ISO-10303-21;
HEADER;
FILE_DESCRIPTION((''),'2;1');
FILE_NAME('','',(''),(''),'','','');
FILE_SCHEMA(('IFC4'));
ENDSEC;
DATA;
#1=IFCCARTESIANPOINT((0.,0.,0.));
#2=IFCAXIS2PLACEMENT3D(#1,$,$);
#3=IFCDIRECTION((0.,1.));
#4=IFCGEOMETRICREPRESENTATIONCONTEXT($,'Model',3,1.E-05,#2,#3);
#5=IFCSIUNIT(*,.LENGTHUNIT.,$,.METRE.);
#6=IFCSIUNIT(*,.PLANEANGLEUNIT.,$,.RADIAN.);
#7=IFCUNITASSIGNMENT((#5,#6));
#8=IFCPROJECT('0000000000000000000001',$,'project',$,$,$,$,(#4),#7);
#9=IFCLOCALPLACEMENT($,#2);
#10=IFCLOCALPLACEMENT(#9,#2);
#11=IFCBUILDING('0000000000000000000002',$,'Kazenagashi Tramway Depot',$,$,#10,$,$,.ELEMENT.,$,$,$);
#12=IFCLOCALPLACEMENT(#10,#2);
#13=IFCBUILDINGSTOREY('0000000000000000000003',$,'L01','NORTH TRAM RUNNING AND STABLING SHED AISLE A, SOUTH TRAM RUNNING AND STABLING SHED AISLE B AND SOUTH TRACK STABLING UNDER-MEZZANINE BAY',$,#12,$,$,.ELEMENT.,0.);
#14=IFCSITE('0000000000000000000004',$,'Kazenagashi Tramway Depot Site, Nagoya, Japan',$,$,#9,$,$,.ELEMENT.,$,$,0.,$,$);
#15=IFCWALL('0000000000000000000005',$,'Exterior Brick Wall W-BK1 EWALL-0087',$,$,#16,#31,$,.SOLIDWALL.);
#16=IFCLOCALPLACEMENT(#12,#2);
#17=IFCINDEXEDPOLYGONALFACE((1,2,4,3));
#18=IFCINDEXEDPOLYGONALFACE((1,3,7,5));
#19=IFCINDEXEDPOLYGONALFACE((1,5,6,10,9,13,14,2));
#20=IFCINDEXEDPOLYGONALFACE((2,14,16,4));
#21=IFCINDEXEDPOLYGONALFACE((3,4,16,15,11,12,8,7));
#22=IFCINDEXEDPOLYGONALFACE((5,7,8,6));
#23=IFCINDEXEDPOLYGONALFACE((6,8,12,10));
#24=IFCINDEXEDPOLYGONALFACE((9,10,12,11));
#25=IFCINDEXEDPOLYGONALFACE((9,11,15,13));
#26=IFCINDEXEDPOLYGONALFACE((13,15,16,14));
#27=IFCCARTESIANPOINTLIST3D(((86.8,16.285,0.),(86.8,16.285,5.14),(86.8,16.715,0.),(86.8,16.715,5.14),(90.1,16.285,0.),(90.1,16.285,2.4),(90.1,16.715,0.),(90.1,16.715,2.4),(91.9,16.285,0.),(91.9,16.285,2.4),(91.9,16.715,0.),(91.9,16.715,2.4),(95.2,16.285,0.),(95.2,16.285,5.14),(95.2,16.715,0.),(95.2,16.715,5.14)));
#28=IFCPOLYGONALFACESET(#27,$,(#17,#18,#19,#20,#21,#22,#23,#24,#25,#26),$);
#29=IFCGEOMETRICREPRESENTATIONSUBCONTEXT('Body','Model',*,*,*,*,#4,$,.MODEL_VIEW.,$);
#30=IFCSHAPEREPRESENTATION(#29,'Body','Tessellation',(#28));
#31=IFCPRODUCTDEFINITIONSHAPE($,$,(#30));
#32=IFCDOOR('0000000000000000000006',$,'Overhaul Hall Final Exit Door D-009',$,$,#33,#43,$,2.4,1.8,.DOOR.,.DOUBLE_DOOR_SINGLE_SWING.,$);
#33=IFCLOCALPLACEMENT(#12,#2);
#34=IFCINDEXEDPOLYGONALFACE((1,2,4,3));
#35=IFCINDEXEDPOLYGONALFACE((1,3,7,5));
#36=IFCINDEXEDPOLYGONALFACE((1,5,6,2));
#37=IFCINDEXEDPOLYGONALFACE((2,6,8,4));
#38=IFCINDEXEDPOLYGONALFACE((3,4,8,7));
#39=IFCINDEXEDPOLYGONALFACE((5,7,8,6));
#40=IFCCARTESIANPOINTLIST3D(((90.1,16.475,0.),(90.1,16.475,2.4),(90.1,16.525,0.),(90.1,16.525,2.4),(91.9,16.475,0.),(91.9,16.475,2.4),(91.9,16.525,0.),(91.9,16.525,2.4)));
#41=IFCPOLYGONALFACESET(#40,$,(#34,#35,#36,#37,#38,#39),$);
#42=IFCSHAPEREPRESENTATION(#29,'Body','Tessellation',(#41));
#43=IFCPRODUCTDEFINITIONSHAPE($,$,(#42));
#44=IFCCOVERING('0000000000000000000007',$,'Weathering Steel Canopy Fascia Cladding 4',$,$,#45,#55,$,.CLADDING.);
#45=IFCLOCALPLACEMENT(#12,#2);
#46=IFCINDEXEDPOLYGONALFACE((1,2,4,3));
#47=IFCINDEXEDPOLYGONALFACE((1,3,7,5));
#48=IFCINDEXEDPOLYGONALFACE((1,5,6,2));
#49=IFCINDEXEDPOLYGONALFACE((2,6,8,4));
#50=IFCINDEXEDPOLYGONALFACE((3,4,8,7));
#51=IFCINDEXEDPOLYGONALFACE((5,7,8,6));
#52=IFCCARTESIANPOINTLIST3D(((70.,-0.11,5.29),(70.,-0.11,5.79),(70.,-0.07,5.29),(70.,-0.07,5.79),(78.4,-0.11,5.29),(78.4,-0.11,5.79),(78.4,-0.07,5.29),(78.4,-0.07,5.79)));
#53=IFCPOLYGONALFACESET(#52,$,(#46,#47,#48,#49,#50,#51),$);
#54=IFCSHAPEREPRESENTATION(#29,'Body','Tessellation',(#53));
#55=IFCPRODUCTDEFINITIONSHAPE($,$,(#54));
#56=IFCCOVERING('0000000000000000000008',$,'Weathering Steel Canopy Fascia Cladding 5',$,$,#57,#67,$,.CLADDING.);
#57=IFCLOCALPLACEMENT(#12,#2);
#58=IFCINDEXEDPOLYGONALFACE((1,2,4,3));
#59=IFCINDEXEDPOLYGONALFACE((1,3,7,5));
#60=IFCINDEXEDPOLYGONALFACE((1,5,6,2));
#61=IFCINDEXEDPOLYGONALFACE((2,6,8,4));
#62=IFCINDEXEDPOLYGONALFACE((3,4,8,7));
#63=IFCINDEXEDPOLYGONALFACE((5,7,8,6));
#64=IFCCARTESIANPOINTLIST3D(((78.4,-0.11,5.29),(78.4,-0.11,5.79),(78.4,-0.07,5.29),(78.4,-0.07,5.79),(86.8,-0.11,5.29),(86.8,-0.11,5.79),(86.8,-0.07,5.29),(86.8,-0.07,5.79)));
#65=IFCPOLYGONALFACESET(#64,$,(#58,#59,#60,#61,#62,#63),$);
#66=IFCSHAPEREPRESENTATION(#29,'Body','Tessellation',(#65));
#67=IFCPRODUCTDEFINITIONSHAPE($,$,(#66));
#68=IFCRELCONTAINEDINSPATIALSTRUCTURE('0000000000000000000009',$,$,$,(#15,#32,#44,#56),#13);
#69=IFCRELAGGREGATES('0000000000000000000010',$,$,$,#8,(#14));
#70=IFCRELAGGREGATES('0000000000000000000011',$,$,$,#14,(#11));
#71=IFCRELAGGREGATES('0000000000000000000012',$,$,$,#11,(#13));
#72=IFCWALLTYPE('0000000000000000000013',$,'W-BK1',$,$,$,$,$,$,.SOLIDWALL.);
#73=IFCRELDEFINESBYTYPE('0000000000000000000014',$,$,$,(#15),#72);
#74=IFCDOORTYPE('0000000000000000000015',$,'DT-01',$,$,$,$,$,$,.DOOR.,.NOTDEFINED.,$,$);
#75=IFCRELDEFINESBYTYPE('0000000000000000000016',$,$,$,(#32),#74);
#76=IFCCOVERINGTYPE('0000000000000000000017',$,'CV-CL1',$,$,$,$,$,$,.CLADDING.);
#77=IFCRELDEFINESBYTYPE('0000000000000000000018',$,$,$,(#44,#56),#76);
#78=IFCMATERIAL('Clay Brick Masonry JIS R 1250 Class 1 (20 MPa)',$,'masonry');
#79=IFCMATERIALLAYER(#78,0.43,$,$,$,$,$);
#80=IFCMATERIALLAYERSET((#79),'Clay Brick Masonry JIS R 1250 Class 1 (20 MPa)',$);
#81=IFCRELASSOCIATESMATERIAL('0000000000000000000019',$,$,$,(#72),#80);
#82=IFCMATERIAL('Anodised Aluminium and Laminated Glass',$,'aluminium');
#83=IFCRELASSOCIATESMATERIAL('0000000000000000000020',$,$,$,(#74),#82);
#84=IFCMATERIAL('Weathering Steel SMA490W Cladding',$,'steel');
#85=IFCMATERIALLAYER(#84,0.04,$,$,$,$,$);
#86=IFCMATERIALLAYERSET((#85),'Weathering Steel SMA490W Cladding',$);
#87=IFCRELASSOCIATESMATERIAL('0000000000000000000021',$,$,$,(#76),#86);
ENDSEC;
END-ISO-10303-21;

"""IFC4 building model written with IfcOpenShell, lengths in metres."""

from ifc_helpers import new_model, si_unit, direction, frame, frame_2d, origin, origin_2d, place, context, subcontext, project, spatial, rectangle, extrude, material, layer, layer_set, type_object, element, fill, save


model = new_model("IFC4")

# Units and contexts
model_context = context("Model", 3, precision=1e-05, world=origin(), true_north=direction((0.0, 1.0)))
body_context = subcontext(model_context, "Body", "Model", "MODEL_VIEW")
ifc_project = project(units=[si_unit("LENGTHUNIT", "METRE"), si_unit("PLANEANGLEUNIT", "RADIAN")], contexts=[model_context])

# Site, building, storey
site_placement = place(None, origin())
site = spatial("IfcSite", under=ifc_project, at=site_placement, Name="Kazenagashi Tramway Depot Site, Nagoya, Japan", CompositionType="ELEMENT", RefElevation=0.0)
building_placement = place(site_placement, origin())
building = spatial("IfcBuilding", under=site, at=building_placement, Name="Kazenagashi Tramway Depot", CompositionType="ELEMENT")
storey_placement = place(building_placement, origin())
storey = spatial("IfcBuildingStorey", under=building, at=storey_placement, Name="L01", Description="NORTH TRAM RUNNING AND STABLING SHED AISLE A, SOUTH TRAM RUNNING AND STABLING SHED AISLE B AND SOUTH TRACK STABLING UNDER-MEZZANINE BAY", CompositionType="ELEMENT", Elevation=0.0)

# Shared definitions
ifc_material_1 = material(Name="Clay Brick Masonry JIS R 1250 Class 1 (20 MPa)", Category="masonry")
ifc_layer_1 = layer(ifc_material_1, 0.43)
ifc_layer_set_1 = layer_set([ifc_layer_1], Name="Clay Brick Masonry JIS R 1250 Class 1 (20 MPa)")
wall_type = type_object("IfcWallType", Name="W-BK1", PredefinedType="SOLIDWALL", material=ifc_layer_set_1)

# Wall, opening, door
wall_1_placement = place(storey_placement, frame((86.8, 16.5, 0.0), z_axis=(0.0, 0.0, 1.0), x_axis=(1.0, 0.0, 0.0)))
wall_1 = element("IfcWall", 1, at=wall_1_placement, inside=storey, type_object=wall_type, Name="Exterior Brick Wall W-BK1 EWALL-0087", PredefinedType="SOLIDWALL", context=body_context, shape_type="SweptSolid", body=[
    extrude(rectangle(XDim=8.4, YDim=0.43, at=frame_2d((4.2, 0.0))), origin(), (0.0, 0.0, 1.0), 5.14),
])
opening_1_placement = place(wall_1_placement, frame((3.3, 0.0, 0.0)))
opening_1 = element("IfcOpeningElement", 2, at=opening_1_placement, cuts=wall_1, PredefinedType="OPENING", context=body_context, shape_type="SweptSolid", body=[
    extrude(rectangle(XDim=1.8, YDim=2.4, at=frame_2d((0.9, 1.2))), frame((0.0, 0.225, 0.0), z_axis=(0.0, -1.0, 0.0), x_axis=(1.0, 0.0, 0.0)), (0.0, 0.0, 1.0), 0.45),
])
ifc_material_2 = material(Name="Anodised Aluminium and Laminated Glass", Category="aluminium")
door_type = type_object("IfcDoorType", Name="DT-01", OperationType="NOTDEFINED", PredefinedType="DOOR", material=ifc_material_2)
door_placement = place(opening_1_placement, frame((1.8, 0.0, 0.0), z_axis=(0.0, 0.0, 1.0), x_axis=(-1.0, 0.0, 0.0)))
door = element("IfcDoor", 3, at=door_placement, inside=storey, type_object=door_type, Name="Overhaul Hall Final Exit Door D-009", OperationType="DOUBLE_DOOR_SINGLE_SWING", OverallHeight=2.4, OverallWidth=1.8, PredefinedType="DOOR", context=body_context, shape_type="SweptSolid", body=[
    extrude(rectangle(XDim=1.8, YDim=2.4, at=frame_2d((0.9, 1.2))), frame((0.0, 0.025, 0.0), z_axis=(0.0, -1.0, 0.0), x_axis=(1.0, 0.0, 0.0)), (0.0, 0.0, 1.0), 0.05),
])
fill(opening_1, door)

# Coverings
ifc_material_3 = material(Name="Weathering Steel SMA490W Cladding", Category="steel")
ifc_layer_2 = layer(ifc_material_3, 0.04)
ifc_layer_set_2 = layer_set([ifc_layer_2], Name="Weathering Steel SMA490W Cladding")
covering_type = type_object("IfcCoveringType", Name="CV-CL1", PredefinedType="CLADDING", material=ifc_layer_set_2)
for number, where, z_axis, x_axis, name in (
    (4, (74.2, -0.09, 5.29), (0.0, 0.0, 1.0), (1.0, 0.0, 0.0), "Weathering Steel Canopy Fascia Cladding 4"),
    (5, (82.6, -0.09, 5.29), (0.0, 0.0, 1.0), (1.0, 0.0, 0.0), "Weathering Steel Canopy Fascia Cladding 5"),
):
    element("IfcCovering", number, at=place(storey_placement, frame(where, z_axis=z_axis, x_axis=x_axis)), inside=storey, type_object=covering_type, Name=name, PredefinedType="CLADDING", context=body_context, shape_type="SweptSolid", body=[
        extrude(rectangle(XDim=8.4, YDim=0.04, at=origin_2d()), origin(), (0.0, 0.0, 1.0), 0.5),
    ])

save(model, "model.ifc")
